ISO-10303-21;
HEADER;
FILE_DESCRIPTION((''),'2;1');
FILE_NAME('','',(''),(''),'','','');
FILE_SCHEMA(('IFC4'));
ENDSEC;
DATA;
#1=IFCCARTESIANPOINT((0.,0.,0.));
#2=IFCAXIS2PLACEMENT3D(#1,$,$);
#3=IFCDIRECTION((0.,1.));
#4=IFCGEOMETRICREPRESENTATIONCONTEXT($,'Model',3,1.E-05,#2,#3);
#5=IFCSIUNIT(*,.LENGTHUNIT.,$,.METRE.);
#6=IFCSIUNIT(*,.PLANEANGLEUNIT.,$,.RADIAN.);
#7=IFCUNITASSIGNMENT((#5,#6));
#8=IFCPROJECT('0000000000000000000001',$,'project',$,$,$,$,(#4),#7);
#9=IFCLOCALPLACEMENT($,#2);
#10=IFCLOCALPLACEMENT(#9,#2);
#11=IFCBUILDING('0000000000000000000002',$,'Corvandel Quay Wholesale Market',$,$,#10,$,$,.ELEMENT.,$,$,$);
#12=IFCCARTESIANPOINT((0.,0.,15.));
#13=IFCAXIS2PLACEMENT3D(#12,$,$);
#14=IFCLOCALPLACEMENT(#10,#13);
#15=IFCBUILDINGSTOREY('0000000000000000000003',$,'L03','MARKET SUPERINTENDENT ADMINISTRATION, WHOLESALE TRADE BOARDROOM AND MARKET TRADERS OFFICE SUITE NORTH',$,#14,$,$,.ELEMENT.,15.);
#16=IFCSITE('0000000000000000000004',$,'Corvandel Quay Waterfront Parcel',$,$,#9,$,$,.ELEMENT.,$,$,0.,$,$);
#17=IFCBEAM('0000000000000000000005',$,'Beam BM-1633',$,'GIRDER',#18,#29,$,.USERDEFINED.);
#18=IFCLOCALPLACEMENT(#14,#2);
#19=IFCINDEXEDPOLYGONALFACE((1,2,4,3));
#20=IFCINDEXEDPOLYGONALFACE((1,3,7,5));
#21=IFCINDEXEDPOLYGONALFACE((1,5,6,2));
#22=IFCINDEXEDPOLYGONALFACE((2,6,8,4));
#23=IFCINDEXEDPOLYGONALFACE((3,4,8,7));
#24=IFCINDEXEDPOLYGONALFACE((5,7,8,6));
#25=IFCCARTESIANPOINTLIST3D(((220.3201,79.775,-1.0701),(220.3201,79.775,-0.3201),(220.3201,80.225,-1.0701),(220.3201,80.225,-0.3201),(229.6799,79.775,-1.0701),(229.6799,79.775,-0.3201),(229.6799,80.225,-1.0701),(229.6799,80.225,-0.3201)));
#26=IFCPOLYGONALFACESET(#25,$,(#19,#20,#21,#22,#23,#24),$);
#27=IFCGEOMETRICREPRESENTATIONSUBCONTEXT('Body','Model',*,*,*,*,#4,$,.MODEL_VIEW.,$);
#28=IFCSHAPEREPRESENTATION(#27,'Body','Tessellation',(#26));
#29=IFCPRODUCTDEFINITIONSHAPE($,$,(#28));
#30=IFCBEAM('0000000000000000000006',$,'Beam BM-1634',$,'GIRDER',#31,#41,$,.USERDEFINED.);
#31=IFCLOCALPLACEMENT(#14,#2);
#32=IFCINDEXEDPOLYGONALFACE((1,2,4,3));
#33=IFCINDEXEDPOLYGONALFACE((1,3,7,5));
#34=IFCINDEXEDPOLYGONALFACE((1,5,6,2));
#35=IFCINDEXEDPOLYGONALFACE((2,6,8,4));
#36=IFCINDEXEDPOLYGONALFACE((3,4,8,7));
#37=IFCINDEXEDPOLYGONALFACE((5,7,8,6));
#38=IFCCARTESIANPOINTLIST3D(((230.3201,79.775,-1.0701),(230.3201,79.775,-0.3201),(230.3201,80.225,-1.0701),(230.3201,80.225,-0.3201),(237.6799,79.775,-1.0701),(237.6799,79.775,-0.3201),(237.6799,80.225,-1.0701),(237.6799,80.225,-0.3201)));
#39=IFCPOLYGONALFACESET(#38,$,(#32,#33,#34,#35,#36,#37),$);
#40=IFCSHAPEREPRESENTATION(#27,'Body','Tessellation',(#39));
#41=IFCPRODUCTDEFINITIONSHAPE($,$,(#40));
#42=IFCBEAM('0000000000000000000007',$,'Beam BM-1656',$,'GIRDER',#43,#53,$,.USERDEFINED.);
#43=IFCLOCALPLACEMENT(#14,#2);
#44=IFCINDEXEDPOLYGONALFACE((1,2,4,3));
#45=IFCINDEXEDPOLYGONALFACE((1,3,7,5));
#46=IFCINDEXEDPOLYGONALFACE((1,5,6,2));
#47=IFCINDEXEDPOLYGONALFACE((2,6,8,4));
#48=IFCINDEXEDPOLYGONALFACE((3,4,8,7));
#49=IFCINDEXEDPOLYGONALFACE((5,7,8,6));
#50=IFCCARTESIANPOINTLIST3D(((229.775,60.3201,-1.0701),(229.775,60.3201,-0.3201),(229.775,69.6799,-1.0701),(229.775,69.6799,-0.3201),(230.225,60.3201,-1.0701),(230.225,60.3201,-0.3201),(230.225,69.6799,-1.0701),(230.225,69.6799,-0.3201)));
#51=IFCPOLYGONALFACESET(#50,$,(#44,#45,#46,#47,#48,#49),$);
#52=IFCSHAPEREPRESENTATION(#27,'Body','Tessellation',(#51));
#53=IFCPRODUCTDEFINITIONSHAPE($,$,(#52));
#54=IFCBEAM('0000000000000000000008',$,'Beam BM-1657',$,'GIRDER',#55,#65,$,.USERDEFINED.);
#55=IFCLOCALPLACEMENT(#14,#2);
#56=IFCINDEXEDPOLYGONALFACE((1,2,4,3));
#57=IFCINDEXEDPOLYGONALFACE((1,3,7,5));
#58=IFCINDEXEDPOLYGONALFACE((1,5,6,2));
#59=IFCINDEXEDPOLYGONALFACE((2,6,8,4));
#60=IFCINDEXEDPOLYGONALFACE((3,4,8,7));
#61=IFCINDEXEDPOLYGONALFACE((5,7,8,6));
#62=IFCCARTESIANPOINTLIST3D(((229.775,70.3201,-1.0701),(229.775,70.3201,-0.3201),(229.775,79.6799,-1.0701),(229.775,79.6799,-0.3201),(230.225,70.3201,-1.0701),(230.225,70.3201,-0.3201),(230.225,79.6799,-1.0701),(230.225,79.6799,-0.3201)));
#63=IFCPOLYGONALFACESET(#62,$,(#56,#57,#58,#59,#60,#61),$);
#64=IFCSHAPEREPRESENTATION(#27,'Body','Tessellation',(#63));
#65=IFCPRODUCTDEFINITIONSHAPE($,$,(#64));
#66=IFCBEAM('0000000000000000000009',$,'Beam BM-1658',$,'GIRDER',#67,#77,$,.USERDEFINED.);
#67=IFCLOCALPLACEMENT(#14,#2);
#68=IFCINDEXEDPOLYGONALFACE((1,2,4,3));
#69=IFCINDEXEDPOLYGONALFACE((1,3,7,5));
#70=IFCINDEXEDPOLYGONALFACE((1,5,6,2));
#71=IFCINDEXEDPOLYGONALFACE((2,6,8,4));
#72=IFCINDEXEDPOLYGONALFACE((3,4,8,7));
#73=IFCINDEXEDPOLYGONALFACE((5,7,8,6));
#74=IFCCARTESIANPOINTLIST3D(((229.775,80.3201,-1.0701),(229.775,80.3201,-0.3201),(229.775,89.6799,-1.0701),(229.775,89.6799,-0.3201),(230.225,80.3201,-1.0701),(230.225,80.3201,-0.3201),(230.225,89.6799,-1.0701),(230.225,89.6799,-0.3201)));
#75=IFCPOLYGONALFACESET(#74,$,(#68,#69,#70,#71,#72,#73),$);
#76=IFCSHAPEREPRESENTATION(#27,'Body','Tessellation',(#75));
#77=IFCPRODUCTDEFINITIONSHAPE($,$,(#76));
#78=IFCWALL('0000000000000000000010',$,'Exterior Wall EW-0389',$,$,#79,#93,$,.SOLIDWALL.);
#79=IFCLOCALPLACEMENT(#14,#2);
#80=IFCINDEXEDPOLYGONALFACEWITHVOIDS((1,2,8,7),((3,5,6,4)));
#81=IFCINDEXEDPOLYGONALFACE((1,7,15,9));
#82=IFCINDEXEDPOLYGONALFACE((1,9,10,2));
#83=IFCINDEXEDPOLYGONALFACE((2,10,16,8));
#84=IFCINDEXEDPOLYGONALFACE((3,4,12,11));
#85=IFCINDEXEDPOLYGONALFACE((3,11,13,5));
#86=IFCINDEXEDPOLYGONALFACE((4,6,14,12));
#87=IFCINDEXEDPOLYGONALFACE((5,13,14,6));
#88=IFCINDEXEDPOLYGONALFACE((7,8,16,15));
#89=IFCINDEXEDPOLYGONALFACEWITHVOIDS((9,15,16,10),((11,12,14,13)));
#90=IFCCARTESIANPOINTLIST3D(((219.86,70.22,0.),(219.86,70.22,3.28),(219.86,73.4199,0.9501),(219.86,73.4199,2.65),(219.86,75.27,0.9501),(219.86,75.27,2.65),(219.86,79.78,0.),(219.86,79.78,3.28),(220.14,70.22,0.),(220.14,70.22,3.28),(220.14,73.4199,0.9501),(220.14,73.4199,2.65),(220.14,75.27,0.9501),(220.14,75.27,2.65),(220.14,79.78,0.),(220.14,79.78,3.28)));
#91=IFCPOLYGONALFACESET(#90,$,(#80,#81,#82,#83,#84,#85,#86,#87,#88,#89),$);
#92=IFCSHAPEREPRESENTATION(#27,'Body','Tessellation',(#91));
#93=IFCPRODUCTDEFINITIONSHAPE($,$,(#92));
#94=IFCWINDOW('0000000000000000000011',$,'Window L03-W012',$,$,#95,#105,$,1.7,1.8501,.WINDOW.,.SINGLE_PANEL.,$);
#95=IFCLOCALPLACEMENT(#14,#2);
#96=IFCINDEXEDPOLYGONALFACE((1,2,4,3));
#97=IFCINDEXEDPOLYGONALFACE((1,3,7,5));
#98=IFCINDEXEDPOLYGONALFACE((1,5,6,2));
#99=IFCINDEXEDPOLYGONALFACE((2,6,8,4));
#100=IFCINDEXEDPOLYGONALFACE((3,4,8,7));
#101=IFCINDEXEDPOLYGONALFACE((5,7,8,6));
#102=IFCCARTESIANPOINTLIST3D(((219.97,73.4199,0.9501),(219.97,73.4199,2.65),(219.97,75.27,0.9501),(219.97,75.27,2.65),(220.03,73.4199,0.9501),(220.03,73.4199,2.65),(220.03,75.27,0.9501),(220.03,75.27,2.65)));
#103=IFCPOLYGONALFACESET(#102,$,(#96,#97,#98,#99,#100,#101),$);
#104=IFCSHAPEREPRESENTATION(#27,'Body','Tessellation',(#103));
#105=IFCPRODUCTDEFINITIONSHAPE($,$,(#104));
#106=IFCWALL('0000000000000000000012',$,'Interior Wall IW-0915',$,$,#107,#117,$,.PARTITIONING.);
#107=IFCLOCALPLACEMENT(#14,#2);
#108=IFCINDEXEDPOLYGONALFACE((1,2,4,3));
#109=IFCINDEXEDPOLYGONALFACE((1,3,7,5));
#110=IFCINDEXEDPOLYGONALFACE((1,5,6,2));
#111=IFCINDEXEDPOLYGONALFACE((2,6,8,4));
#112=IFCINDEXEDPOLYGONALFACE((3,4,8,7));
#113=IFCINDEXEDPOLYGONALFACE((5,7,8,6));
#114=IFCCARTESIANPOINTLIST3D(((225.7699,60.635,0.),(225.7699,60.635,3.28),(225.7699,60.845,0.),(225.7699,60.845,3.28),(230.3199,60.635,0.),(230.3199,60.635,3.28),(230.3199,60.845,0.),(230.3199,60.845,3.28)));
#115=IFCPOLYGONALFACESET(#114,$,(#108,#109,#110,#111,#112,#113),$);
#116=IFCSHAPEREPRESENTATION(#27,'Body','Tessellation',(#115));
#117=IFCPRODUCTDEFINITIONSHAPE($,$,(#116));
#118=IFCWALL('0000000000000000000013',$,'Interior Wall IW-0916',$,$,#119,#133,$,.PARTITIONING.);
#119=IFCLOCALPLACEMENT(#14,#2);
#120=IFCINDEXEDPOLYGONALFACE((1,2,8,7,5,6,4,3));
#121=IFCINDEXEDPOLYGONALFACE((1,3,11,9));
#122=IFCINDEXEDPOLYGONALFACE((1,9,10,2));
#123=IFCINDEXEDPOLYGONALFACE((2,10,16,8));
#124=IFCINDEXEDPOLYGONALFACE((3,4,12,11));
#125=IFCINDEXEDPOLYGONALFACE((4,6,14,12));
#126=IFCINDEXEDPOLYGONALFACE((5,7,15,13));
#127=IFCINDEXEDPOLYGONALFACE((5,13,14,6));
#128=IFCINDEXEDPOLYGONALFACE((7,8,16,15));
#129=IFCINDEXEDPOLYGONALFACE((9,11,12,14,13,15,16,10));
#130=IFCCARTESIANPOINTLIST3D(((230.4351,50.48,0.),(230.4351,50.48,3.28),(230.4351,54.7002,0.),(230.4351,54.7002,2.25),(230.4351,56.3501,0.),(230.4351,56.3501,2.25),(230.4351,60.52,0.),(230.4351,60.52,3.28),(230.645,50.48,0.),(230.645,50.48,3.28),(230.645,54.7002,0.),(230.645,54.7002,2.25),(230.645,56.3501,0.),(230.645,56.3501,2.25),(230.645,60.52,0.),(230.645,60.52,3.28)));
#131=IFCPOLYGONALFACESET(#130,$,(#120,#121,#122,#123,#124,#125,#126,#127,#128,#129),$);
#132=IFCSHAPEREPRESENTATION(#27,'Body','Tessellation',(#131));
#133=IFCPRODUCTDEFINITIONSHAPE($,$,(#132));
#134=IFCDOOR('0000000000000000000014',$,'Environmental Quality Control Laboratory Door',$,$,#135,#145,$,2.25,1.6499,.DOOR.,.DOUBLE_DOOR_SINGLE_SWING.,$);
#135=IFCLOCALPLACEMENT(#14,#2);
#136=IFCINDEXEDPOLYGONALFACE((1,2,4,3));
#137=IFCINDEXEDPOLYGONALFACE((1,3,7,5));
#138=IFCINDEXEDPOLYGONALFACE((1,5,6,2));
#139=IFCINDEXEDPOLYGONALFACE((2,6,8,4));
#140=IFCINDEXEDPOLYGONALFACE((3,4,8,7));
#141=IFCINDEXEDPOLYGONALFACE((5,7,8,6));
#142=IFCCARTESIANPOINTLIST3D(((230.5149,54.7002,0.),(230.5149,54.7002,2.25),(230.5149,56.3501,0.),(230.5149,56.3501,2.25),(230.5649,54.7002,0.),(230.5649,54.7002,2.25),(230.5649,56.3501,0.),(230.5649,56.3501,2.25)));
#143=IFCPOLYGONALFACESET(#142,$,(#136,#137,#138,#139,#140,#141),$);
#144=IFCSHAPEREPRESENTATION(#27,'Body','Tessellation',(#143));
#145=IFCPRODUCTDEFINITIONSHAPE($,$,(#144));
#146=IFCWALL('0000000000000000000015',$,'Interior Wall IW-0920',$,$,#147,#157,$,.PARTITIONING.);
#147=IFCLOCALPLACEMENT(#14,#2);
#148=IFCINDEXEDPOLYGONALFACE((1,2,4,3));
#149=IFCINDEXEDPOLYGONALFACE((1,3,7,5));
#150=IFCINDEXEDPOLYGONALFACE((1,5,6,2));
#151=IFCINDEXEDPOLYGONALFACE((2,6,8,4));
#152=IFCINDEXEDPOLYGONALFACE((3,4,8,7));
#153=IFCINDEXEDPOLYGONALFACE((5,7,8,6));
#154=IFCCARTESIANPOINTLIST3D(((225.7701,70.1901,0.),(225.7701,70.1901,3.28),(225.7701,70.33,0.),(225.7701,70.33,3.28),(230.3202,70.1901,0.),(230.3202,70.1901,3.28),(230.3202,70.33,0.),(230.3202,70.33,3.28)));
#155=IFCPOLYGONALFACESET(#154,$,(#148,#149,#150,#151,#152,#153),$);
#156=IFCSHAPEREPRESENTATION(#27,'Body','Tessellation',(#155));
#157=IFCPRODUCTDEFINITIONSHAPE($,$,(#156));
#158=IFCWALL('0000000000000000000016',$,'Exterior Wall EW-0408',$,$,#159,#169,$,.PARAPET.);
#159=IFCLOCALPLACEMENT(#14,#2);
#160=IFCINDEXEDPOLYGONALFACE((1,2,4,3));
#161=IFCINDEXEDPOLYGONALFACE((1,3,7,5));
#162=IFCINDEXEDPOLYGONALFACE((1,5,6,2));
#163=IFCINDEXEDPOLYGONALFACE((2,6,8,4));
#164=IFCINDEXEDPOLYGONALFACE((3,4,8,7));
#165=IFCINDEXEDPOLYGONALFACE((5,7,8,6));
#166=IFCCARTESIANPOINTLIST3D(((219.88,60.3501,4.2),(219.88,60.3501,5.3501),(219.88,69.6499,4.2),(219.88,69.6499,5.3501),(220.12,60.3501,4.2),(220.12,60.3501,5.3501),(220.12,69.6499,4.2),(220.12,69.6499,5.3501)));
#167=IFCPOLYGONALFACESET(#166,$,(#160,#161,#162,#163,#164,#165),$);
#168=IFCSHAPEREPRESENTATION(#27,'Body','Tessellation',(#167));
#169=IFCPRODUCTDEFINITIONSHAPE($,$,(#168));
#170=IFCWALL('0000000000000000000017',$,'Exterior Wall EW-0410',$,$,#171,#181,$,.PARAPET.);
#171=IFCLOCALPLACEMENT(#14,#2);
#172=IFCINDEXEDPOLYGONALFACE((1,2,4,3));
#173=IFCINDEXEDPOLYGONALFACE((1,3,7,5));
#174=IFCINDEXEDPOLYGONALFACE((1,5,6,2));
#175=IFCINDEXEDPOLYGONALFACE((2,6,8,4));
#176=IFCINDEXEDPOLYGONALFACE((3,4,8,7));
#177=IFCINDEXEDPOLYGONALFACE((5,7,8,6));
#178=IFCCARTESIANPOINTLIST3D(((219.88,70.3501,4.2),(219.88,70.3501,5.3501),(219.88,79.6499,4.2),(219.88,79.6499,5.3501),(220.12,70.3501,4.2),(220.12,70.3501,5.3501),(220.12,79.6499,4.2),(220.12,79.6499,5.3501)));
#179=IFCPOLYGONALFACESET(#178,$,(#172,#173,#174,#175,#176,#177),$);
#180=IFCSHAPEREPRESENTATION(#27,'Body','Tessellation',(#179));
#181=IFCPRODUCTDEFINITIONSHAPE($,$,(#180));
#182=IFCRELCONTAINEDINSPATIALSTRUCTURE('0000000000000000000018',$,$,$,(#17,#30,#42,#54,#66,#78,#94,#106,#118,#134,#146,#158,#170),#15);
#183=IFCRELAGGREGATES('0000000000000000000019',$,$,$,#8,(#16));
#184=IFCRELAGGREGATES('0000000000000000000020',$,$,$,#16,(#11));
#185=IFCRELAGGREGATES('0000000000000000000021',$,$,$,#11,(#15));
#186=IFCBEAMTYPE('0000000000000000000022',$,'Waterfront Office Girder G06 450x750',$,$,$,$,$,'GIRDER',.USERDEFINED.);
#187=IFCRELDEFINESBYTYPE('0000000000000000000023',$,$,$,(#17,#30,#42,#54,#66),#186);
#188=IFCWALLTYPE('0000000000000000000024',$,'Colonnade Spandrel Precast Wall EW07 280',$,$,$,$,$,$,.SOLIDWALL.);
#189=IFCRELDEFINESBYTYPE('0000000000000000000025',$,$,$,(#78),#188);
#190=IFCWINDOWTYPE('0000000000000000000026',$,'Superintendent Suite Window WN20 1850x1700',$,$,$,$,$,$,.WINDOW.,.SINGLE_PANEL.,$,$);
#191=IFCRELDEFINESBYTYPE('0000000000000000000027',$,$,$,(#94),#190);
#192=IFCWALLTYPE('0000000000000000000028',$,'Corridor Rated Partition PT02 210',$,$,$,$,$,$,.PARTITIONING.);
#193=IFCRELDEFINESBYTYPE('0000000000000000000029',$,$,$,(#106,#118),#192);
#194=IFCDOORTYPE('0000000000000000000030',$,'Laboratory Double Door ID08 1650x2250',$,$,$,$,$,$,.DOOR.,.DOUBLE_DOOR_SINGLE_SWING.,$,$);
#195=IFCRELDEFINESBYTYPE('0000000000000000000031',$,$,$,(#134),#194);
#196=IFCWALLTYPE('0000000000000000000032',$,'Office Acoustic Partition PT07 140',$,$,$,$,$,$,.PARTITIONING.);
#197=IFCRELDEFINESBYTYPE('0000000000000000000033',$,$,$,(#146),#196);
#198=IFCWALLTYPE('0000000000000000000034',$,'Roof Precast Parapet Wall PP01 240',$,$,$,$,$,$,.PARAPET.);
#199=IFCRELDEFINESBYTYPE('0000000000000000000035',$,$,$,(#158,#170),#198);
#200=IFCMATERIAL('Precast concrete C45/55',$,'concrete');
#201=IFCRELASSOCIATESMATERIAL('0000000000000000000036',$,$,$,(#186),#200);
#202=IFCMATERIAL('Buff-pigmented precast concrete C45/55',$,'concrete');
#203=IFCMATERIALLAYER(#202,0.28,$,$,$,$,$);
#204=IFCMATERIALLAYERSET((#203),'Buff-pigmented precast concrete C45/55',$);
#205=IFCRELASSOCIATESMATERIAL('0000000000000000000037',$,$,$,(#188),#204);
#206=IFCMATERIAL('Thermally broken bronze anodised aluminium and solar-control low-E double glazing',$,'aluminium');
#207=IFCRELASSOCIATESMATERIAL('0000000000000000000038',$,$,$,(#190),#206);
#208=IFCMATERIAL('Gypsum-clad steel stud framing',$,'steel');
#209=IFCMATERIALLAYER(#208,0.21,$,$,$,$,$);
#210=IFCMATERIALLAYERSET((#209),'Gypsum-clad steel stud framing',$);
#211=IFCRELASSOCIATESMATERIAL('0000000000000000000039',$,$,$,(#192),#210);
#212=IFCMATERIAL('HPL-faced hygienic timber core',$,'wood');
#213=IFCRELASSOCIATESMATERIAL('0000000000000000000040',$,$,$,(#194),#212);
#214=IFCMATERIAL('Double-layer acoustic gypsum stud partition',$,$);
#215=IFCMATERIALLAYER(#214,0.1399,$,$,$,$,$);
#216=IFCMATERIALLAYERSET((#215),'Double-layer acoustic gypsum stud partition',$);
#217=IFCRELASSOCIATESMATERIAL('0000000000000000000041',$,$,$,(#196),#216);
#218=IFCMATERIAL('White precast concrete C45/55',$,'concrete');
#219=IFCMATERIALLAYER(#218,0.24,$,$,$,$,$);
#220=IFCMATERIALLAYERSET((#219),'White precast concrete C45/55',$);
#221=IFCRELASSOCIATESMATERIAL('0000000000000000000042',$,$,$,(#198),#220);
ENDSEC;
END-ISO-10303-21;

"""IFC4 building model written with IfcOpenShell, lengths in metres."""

from ifc_helpers import new_model, si_unit, direction, frame, frame_2d, origin, origin_2d, place, context, subcontext, project, spatial, rectangle, extrude, material, layer, layer_set, material_profile, profile_set, type_object, element, fill, save


model = new_model("IFC4")

# Units and contexts
model_context = context("Model", 3, precision=1e-05, world=origin(), true_north=direction((0.0, 1.0)))
body_context = subcontext(model_context, "Body", "Model", "MODEL_VIEW")
ifc_project = project(units=[si_unit("LENGTHUNIT", "METRE"), si_unit("PLANEANGLEUNIT", "RADIAN")], contexts=[model_context])

# Site, building, storey
site_placement = place(None, origin())
site = spatial("IfcSite", under=ifc_project, at=site_placement, Name="Corvandel Quay Waterfront Parcel", CompositionType="ELEMENT", RefElevation=0.0)
building_placement = place(site_placement, origin())
building = spatial("IfcBuilding", under=site, at=building_placement, Name="Corvandel Quay Wholesale Market", CompositionType="ELEMENT")
storey_placement = place(building_placement, frame((0.0, 0.0, 15.0)))
storey = spatial("IfcBuildingStorey", under=building, at=storey_placement, Name="L03", Description="MARKET SUPERINTENDENT ADMINISTRATION, WHOLESALE TRADE BOARDROOM AND MARKET TRADERS OFFICE SUITE NORTH", CompositionType="ELEMENT", Elevation=15.0)

# Shared definitions
ifc_material_1 = material(Name="Precast concrete C45/55", Category="concrete")

# Beams
ifc_material_profile_1 = material_profile(ifc_material_1, rectangle(XDim=0.45, YDim=0.75, at=origin_2d()), Name="PC-GIR-450x750")
ifc_profile_set_1 = profile_set([ifc_material_profile_1], Name="Precast concrete C45/55")
beam_type_1 = type_object("IfcBeamType", Name="Waterfront Office Girder G06 450x750", ElementType="GIRDER", PredefinedType="USERDEFINED", material=ifc_profile_set_1)
beam_1_placement = place(storey_placement, frame((220.3201, 80.0, -0.6951), z_axis=(1.0, 0.0, 0.0), x_axis=(0.0, 1.0, 0.0)))
element("IfcBeam", 1, at=beam_1_placement, inside=storey, type_object=beam_type_1, Name="Beam BM-1633", ObjectType="GIRDER", PredefinedType="USERDEFINED", context=body_context, shape_type="SweptSolid", body=[
    extrude(rectangle(XDim=0.45, YDim=0.75, at=origin_2d()), origin(), (0.0, 0.0, 1.0), 9.3599),
])
beam_2_placement = place(storey_placement, frame((230.3201, 80.0, -0.6951), z_axis=(1.0, 0.0, 0.0), x_axis=(0.0, 1.0, 0.0)))
element("IfcBeam", 2, at=beam_2_placement, inside=storey, type_object=beam_type_1, Name="Beam BM-1634", ObjectType="GIRDER", PredefinedType="USERDEFINED", context=body_context, shape_type="SweptSolid", body=[
    extrude(rectangle(XDim=0.45, YDim=0.75, at=origin_2d()), origin(), (0.0, 0.0, 1.0), 7.3599),
])
for number, where, z_axis, x_axis, name in (
    (3, (230.0, 60.3201, -0.6951), (0.0, 1.0, 0.0), (-1.0, 0.0, 0.0), "Beam BM-1656"),
    (4, (230.0, 70.3201, -0.6951), (0.0, 1.0, 0.0), (-1.0, 0.0, 0.0), "Beam BM-1657"),
    (5, (230.0, 80.3201, -0.6951), (0.0, 1.0, 0.0), (-1.0, 0.0, 0.0), "Beam BM-1658"),
):
    element("IfcBeam", number, at=place(storey_placement, frame(where, z_axis=z_axis, x_axis=x_axis)), inside=storey, type_object=beam_type_1, Name=name, ObjectType="GIRDER", PredefinedType="USERDEFINED", context=body_context, shape_type="SweptSolid", body=[
        extrude(rectangle(XDim=0.45, YDim=0.75, at=origin_2d()), origin(), (0.0, 0.0, 1.0), 9.3599),
    ])

# Wall, opening, window
ifc_material_2 = material(Name="Buff-pigmented precast concrete C45/55", Category="concrete")
ifc_layer_1 = layer(ifc_material_2, 0.28)
ifc_layer_set_1 = layer_set([ifc_layer_1], Name="Buff-pigmented precast concrete C45/55")
wall_type_1 = type_object("IfcWallType", Name="Colonnade Spandrel Precast Wall EW07 280", PredefinedType="SOLIDWALL", material=ifc_layer_set_1)
wall_1_placement = place(storey_placement, frame((220.0, 70.22, 0.0), z_axis=(0.0, 0.0, 1.0), x_axis=(0.0, 1.0, 0.0)))
wall_1 = element("IfcWall", 6, at=wall_1_placement, inside=storey, type_object=wall_type_1, Name="Exterior Wall EW-0389", PredefinedType="SOLIDWALL", context=body_context, shape_type="SweptSolid", body=[
    extrude(rectangle(XDim=9.5601, YDim=0.28, at=frame_2d((4.78, 0.0))), origin(), (0.0, 0.0, 1.0), 3.28),
])
opening_1_placement = place(wall_1_placement, frame((3.2, 0.0, 0.95)))
opening_1 = element("IfcOpeningElement", 7, at=opening_1_placement, cuts=wall_1, PredefinedType="OPENING", context=body_context, shape_type="SweptSolid", body=[
    extrude(rectangle(XDim=1.8501, YDim=1.7, at=frame_2d((0.925, 0.8501))), frame((0.0, 0.1499, 0.0), z_axis=(0.0, -1.0, 0.0), x_axis=(1.0, 0.0, 0.0)), (0.0, 0.0, 1.0), 0.3),
])
ifc_material_3 = material(Name="Thermally broken bronze anodised aluminium and solar-control low-E double glazing", Category="aluminium")
window_type = type_object("IfcWindowType", Name="Superintendent Suite Window WN20 1850x1700", PartitioningType="SINGLE_PANEL", PredefinedType="WINDOW", material=ifc_material_3)
window_placement = place(opening_1_placement, origin())
window = element("IfcWindow", 8, at=window_placement, inside=storey, type_object=window_type, Name="Window L03-W012", OverallHeight=1.7, OverallWidth=1.8501, PartitioningType="SINGLE_PANEL", PredefinedType="WINDOW", context=body_context, shape_type="SweptSolid", body=[
    extrude(rectangle(XDim=1.8501, YDim=1.7, at=frame_2d((0.925, 0.8501))), frame((0.0, 0.03, 0.0), z_axis=(0.0, -1.0, 0.0), x_axis=(1.0, 0.0, 0.0)), (0.0, 0.0, 1.0), 0.0601),
])
fill(opening_1, window)

# Wall
ifc_material_4 = material(Name="Gypsum-clad steel stud framing", Category="steel")
ifc_layer_2 = layer(ifc_material_4, 0.21)
ifc_layer_set_2 = layer_set([ifc_layer_2], Name="Gypsum-clad steel stud framing")
wall_type_2 = type_object("IfcWallType", Name="Corridor Rated Partition PT02 210", PredefinedType="PARTITIONING", material=ifc_layer_set_2)
wall_2_placement = place(storey_placement, frame((225.77, 60.74, 0.0), z_axis=(0.0, 0.0, 1.0), x_axis=(1.0, 0.0, 0.0)))
element("IfcWall", 9, at=wall_2_placement, inside=storey, type_object=wall_type_2, Name="Interior Wall IW-0915", PredefinedType="PARTITIONING", context=body_context, shape_type="SweptSolid", body=[
    extrude(rectangle(XDim=4.55, YDim=0.21, at=frame_2d((2.2749, 0.0))), origin(), (0.0, 0.0, 1.0), 3.28),
])

# Wall, opening, door
wall_3_placement = place(storey_placement, frame((230.54, 60.52, 0.0), z_axis=(0.0, 0.0, 1.0), x_axis=(0.0, -1.0, 0.0)))
wall_3 = element("IfcWall", 10, at=wall_3_placement, inside=storey, type_object=wall_type_2, Name="Interior Wall IW-0916", PredefinedType="PARTITIONING", context=body_context, shape_type="SweptSolid", body=[
    extrude(rectangle(XDim=10.04, YDim=0.21, at=frame_2d((5.02, 0.0))), origin(), (0.0, 0.0, 1.0), 3.28),
])
opening_2_placement = place(wall_3_placement, frame((4.1699, 0.0, 0.0)))
opening_2 = element("IfcOpeningElement", 11, at=opening_2_placement, cuts=wall_3, PredefinedType="OPENING", context=body_context, shape_type="SweptSolid", body=[
    extrude(rectangle(XDim=1.6499, YDim=2.25, at=frame_2d((0.825, 1.125))), frame((0.0, 0.115, 0.0), z_axis=(0.0, -1.0, 0.0), x_axis=(1.0, 0.0, 0.0)), (0.0, 0.0, 1.0), 0.23),
])
ifc_material_5 = material(Name="HPL-faced hygienic timber core", Category="wood")
door_type_1 = type_object("IfcDoorType", Name="Laboratory Double Door ID08 1650x2250", OperationType="DOUBLE_DOOR_SINGLE_SWING", PredefinedType="DOOR", material=ifc_material_5)
door_1_placement = place(opening_2_placement, origin())
door_1 = element("IfcDoor", 12, at=door_1_placement, inside=storey, type_object=door_type_1, Name="Environmental Quality Control Laboratory Door", OperationType="DOUBLE_DOOR_SINGLE_SWING", OverallHeight=2.25, OverallWidth=1.6499, PredefinedType="DOOR", context=body_context, shape_type="SweptSolid", body=[
    extrude(rectangle(XDim=1.6499, YDim=2.25, at=frame_2d((0.825, 1.125))), frame((0.0, 0.0249, 0.0), z_axis=(0.0, -1.0, 0.0), x_axis=(1.0, 0.0, 0.0)), (0.0, 0.0, 1.0), 0.05),
])
fill(opening_2, door_1)

# Walls
ifc_material_6 = material(Name="Double-layer acoustic gypsum stud partition")
ifc_layer_3 = layer(ifc_material_6, 0.1399)
ifc_layer_set_3 = layer_set([ifc_layer_3], Name="Double-layer acoustic gypsum stud partition")
wall_type_3 = type_object("IfcWallType", Name="Office Acoustic Partition PT07 140", PredefinedType="PARTITIONING", material=ifc_layer_set_3)
wall_4_placement = place(storey_placement, frame((230.3201, 70.26, 0.0), z_axis=(0.0, 0.0, 1.0), x_axis=(-1.0, 0.0, 0.0)))
element("IfcWall", 13, at=wall_4_placement, inside=storey, type_object=wall_type_3, Name="Interior Wall IW-0920", PredefinedType="PARTITIONING", context=body_context, shape_type="SweptSolid", body=[
    extrude(rectangle(XDim=4.55, YDim=0.1399, at=frame_2d((2.2749, 0.0))), origin(), (0.0, 0.0, 1.0), 3.28),
])
ifc_material_7 = material(Name="White precast concrete C45/55", Category="concrete")
ifc_layer_4 = layer(ifc_material_7, 0.24)
ifc_layer_set_4 = layer_set([ifc_layer_4], Name="White precast concrete C45/55")
wall_type_4 = type_object("IfcWallType", Name="Roof Precast Parapet Wall PP01 240", PredefinedType="PARAPET", material=ifc_layer_set_4)
for number, where, z_axis, x_axis, name in (
    (14, (220.0, 60.3501, 4.2), (0.0, 0.0, 1.0), (0.0, 1.0, 0.0), "Exterior Wall EW-0408"),
    (15, (220.0, 70.3501, 4.2), (0.0, 0.0, 1.0), (0.0, 1.0, 0.0), "Exterior Wall EW-0410"),
):
    element("IfcWall", number, at=place(storey_placement, frame(where, z_axis=z_axis, x_axis=x_axis)), inside=storey, type_object=wall_type_4, Name=name, PredefinedType="PARAPET", context=body_context, shape_type="SweptSolid", body=[
        extrude(rectangle(XDim=9.2998, YDim=0.24, at=frame_2d((4.6499, 0.0))), origin(), (0.0, 0.0, 1.0), 1.1501),
    ])

save(model, "model.ifc")
